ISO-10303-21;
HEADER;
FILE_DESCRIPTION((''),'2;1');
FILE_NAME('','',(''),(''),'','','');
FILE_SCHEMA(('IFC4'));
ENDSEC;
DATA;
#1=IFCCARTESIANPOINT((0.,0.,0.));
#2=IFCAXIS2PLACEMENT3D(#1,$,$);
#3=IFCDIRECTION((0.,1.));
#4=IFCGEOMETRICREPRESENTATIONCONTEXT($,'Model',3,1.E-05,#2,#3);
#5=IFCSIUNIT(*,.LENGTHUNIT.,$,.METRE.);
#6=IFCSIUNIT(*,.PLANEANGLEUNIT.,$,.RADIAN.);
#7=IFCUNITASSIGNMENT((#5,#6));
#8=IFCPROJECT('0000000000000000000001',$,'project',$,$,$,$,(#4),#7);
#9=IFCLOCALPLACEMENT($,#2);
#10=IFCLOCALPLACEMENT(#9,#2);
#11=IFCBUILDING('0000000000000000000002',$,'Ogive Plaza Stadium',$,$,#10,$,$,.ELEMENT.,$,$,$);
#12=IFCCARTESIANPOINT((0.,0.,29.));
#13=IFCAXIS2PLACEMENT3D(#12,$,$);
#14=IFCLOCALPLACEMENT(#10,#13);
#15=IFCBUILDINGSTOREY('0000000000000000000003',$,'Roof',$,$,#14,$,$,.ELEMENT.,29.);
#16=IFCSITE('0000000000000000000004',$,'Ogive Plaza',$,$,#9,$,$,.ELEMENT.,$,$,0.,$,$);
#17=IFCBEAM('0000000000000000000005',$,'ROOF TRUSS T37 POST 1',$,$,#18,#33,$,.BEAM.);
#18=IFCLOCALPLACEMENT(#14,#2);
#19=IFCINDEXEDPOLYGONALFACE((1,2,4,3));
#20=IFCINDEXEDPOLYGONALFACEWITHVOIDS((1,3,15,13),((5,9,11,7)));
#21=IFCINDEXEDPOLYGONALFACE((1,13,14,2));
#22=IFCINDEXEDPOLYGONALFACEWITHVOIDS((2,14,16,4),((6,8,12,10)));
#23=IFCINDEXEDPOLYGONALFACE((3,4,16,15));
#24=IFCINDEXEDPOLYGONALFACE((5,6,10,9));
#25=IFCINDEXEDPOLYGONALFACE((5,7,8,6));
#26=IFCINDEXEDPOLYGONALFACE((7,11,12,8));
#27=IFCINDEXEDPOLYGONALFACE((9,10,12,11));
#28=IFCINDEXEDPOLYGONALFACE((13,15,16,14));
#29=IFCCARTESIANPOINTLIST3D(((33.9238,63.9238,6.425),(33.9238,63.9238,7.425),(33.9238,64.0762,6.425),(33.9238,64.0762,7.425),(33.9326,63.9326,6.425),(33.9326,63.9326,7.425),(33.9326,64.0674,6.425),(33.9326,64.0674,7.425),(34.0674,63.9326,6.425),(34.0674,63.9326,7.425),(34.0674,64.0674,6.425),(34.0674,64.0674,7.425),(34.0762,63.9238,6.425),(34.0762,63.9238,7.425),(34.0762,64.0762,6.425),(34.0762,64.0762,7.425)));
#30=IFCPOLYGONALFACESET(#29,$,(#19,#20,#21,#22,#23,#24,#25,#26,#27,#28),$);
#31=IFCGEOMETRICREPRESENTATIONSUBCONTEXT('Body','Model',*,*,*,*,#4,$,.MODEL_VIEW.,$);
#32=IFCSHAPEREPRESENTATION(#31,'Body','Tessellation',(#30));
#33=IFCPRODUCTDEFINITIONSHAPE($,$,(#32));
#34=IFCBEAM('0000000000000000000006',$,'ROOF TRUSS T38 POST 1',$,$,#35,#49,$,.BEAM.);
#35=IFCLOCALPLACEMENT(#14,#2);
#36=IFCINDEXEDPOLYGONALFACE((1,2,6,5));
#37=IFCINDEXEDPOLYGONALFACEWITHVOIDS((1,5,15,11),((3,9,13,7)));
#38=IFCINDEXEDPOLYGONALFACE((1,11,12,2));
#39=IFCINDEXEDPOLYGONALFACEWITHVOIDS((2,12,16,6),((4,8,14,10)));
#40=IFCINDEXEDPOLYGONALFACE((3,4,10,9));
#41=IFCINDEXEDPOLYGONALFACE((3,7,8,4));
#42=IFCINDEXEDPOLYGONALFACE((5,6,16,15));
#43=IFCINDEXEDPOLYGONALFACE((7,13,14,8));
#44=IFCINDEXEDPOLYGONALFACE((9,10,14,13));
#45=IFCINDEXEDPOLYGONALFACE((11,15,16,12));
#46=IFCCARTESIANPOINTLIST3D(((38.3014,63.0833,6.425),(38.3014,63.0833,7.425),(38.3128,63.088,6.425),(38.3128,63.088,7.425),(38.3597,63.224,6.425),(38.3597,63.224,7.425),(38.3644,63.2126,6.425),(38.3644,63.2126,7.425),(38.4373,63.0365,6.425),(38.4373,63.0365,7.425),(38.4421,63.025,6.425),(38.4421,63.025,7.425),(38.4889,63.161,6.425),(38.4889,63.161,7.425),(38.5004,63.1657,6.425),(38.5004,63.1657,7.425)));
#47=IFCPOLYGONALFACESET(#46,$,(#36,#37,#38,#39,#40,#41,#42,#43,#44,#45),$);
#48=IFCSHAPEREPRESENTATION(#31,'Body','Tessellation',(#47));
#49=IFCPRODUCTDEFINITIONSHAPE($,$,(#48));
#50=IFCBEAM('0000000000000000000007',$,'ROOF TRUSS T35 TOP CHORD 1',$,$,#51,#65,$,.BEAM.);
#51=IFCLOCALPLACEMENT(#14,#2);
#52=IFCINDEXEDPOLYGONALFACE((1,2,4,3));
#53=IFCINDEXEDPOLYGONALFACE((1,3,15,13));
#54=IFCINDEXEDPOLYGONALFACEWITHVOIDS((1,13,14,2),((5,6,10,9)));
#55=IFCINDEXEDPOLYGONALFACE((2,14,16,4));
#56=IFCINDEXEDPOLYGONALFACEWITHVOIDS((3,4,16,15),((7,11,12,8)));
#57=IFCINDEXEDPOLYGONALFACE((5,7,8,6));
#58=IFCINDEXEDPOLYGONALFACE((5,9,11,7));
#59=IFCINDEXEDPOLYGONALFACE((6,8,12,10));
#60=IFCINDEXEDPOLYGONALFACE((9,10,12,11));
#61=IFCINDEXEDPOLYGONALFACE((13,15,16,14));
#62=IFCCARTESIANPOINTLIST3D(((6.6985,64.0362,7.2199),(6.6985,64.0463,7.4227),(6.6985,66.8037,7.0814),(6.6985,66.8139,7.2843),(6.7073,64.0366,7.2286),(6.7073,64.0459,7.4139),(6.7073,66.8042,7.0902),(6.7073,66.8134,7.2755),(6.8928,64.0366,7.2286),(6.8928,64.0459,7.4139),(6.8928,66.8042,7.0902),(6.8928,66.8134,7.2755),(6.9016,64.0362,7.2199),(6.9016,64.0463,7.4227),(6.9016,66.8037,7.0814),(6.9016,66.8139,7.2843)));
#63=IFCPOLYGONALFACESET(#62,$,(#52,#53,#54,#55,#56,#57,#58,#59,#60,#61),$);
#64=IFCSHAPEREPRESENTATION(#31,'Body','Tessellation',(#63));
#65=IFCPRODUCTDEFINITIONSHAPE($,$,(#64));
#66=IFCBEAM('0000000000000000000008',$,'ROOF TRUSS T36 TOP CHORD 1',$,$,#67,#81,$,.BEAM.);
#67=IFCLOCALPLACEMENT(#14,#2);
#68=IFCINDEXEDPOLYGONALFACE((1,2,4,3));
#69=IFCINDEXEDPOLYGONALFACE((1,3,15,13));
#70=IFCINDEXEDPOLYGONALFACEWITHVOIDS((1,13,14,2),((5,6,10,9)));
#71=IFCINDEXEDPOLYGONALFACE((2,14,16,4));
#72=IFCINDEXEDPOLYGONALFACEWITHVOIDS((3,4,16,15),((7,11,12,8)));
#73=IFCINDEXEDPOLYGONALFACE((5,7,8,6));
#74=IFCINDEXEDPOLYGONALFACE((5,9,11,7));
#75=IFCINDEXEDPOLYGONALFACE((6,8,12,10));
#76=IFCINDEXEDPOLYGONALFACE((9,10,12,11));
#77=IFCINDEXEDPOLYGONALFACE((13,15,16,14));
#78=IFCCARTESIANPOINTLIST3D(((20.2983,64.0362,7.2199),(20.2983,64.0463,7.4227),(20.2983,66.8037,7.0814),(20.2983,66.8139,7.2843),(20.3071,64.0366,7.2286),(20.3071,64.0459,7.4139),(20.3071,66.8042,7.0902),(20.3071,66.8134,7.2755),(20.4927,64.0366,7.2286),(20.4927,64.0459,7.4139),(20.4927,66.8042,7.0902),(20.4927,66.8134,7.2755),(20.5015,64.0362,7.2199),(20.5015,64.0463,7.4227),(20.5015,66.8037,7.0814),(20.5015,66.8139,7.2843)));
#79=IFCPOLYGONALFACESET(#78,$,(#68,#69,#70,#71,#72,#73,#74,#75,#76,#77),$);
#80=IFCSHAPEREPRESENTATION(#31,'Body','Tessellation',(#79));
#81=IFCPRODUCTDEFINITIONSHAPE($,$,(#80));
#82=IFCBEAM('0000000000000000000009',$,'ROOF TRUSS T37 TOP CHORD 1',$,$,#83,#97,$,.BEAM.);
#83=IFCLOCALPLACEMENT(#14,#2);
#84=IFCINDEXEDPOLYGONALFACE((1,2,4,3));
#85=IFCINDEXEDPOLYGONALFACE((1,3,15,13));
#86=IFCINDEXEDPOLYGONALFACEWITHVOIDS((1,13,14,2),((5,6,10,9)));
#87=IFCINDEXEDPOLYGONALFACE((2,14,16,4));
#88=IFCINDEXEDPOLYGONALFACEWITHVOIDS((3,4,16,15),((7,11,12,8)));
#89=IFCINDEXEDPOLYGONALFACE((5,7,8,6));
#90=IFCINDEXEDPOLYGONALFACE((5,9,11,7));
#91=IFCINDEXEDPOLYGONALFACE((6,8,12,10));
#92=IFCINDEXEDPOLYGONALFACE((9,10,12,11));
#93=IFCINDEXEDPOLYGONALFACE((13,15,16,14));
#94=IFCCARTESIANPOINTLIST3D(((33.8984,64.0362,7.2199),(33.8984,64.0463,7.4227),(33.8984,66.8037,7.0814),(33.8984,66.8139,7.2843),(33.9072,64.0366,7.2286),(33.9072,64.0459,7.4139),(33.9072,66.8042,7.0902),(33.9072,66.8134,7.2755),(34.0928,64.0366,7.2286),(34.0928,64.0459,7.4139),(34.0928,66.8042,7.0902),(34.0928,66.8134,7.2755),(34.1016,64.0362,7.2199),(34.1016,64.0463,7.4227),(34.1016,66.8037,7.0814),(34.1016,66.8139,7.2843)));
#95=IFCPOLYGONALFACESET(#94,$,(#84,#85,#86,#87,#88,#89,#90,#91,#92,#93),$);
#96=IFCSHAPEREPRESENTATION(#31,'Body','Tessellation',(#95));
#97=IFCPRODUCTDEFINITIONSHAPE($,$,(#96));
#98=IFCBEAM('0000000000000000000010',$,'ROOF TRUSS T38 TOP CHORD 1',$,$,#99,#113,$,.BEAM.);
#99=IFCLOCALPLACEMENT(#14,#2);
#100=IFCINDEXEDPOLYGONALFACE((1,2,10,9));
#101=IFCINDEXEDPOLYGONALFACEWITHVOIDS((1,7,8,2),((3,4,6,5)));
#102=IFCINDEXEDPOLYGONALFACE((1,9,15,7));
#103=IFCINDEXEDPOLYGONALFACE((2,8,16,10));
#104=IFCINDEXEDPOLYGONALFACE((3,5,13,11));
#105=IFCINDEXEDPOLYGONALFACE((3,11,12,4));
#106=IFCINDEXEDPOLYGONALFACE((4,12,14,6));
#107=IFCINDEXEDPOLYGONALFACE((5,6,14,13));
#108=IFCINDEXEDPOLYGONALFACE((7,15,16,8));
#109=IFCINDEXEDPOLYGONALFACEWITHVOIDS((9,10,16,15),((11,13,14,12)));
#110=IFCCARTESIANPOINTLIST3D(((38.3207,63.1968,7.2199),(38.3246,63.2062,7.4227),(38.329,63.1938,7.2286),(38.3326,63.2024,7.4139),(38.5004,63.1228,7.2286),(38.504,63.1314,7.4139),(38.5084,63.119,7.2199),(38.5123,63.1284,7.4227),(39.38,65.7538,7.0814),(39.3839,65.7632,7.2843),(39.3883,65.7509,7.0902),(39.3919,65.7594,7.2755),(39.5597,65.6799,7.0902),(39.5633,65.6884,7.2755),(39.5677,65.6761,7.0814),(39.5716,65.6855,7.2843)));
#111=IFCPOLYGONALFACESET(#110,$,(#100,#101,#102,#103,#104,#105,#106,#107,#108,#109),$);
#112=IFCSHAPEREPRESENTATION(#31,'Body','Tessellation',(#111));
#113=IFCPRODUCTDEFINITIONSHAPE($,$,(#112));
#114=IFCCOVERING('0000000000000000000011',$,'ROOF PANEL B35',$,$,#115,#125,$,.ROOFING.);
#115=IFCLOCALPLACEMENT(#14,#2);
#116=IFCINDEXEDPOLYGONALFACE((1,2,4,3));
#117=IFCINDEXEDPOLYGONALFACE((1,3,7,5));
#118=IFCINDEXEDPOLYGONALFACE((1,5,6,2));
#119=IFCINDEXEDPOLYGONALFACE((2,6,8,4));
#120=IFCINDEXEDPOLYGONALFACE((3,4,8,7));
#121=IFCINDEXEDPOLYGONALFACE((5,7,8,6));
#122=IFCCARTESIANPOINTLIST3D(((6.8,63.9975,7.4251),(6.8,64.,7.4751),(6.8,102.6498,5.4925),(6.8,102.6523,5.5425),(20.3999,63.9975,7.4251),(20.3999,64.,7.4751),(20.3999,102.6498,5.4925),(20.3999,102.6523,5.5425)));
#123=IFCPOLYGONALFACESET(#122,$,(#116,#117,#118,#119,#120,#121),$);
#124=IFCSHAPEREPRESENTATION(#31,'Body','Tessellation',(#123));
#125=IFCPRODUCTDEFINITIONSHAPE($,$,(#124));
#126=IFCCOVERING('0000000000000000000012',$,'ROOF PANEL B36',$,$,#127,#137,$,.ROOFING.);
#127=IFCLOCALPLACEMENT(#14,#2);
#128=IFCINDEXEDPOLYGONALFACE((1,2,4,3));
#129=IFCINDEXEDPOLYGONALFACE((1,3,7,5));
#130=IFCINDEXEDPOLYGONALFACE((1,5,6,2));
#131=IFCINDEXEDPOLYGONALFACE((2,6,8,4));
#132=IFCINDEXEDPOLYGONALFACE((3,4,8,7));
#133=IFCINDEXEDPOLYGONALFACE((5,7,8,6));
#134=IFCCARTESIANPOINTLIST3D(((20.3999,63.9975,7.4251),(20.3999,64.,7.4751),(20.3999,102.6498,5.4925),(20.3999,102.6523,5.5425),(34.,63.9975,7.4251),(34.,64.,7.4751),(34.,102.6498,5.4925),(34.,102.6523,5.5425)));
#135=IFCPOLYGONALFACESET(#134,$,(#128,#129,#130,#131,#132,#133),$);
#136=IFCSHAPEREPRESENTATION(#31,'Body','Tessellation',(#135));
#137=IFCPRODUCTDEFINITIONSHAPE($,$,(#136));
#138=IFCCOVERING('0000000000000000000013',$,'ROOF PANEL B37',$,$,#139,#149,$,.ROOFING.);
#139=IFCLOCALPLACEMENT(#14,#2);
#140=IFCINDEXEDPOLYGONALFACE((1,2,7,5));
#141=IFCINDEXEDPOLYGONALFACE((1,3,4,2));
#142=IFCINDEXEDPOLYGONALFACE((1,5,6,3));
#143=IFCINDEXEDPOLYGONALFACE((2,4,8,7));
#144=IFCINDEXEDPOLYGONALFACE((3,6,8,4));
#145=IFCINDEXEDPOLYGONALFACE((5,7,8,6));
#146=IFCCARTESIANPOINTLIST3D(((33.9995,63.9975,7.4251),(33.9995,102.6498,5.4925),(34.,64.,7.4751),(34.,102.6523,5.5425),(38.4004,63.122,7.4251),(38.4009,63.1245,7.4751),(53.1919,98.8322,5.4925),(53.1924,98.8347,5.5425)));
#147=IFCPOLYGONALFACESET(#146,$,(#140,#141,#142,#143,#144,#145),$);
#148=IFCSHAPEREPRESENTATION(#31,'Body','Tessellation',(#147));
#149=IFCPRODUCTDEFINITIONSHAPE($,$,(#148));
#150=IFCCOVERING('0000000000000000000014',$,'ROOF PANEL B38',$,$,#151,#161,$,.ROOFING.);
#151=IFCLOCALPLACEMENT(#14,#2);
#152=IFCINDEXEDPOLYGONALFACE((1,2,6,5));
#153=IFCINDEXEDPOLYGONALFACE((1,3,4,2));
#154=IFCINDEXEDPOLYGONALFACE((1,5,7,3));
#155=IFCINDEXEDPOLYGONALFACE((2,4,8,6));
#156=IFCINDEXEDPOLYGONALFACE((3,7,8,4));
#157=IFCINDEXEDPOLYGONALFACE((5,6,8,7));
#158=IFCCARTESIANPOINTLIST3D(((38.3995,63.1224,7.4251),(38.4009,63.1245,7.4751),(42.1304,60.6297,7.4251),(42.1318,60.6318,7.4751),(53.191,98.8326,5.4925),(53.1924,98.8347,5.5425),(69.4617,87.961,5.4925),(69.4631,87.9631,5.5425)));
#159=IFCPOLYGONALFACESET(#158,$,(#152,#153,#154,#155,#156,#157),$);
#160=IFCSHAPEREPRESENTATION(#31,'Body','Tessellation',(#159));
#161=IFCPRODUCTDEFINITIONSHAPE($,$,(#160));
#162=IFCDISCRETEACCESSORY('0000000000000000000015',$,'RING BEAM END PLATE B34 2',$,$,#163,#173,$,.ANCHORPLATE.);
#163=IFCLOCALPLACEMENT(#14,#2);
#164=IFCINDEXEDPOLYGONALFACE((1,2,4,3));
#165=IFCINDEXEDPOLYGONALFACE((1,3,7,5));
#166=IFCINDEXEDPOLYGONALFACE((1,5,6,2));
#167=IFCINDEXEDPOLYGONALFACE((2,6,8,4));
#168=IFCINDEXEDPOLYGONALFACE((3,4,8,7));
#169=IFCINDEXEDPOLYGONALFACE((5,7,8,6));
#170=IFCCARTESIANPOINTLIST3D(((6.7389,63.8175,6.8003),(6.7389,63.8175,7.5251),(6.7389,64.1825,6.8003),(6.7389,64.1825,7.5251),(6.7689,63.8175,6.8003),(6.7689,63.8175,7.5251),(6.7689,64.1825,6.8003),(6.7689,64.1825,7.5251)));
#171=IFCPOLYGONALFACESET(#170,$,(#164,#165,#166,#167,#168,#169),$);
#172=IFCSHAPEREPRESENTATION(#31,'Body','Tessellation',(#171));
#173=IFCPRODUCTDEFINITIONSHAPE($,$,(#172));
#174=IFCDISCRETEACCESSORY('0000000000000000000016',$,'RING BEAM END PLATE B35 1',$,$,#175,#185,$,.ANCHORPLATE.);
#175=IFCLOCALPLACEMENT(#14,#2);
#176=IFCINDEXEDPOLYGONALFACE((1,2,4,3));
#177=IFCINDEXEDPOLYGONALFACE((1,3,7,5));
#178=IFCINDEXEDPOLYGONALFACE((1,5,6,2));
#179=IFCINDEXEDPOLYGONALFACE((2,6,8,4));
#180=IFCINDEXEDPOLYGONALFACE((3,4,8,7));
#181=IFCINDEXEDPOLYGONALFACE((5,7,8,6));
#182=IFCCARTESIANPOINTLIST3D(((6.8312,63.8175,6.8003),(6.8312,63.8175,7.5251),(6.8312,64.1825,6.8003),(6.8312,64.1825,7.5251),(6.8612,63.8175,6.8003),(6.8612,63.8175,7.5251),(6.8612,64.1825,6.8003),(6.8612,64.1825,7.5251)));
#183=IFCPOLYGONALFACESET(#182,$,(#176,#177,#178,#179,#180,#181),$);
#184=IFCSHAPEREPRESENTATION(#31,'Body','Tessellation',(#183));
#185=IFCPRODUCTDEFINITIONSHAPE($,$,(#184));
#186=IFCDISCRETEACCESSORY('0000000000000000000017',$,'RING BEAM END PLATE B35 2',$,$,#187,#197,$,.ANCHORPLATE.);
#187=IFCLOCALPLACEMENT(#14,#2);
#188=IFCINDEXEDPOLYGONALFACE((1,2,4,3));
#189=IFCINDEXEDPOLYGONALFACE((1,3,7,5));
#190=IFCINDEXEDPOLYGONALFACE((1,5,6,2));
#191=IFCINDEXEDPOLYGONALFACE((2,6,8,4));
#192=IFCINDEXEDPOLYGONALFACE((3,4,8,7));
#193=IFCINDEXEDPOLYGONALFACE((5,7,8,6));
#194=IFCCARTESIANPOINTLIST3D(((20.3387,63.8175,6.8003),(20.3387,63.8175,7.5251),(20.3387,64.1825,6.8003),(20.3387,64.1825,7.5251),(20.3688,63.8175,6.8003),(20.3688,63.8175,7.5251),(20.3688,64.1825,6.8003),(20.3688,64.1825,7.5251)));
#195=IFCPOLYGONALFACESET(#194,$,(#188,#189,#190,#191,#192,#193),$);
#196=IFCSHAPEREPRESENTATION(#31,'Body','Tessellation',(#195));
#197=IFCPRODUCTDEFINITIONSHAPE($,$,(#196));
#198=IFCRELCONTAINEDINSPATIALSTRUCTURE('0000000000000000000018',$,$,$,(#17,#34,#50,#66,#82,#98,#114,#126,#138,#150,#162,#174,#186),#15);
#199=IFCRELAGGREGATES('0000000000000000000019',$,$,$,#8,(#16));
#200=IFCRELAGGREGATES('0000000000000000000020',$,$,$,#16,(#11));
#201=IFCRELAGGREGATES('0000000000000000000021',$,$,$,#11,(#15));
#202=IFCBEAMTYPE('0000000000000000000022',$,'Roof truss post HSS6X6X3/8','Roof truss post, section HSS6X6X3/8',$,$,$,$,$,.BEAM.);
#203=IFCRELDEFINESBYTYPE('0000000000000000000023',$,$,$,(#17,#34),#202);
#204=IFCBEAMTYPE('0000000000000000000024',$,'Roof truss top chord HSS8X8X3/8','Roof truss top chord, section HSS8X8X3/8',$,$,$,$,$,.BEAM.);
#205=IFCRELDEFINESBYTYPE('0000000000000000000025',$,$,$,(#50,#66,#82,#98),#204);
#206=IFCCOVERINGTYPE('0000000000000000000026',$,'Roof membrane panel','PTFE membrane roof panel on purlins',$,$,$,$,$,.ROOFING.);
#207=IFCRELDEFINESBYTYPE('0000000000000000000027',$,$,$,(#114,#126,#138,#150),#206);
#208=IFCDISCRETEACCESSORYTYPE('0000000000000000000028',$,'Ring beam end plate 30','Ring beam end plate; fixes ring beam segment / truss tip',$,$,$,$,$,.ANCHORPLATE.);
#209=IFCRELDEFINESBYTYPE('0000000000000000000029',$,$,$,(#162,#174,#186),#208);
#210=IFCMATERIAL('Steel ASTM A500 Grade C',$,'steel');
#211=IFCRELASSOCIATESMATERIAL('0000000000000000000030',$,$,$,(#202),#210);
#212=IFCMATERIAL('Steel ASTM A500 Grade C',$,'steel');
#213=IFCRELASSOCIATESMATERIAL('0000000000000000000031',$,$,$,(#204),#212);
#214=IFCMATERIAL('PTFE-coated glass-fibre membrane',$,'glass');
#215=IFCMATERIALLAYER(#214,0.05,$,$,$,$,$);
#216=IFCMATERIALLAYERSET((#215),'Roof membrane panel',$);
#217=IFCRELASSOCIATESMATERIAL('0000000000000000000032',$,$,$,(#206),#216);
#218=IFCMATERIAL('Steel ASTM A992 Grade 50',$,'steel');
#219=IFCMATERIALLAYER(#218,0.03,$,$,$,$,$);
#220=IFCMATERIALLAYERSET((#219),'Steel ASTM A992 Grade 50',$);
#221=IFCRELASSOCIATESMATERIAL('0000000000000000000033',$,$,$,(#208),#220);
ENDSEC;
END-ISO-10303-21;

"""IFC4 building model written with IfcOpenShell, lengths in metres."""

from ifc_helpers import new_model, si_unit, direction, frame, origin, origin_2d, place, context, subcontext, project, spatial, polyline, rectangle, hollow_rectangle, outline, extrude, material, layer, layer_set, material_profile, profile_set, type_object, element, save


model = new_model("IFC4")

# Units and contexts
model_context = context("Model", 3, precision=1e-05, world=origin(), true_north=direction((0.0, 1.0)))
body_context = subcontext(model_context, "Body", "Model", "MODEL_VIEW")
ifc_project = project(units=[si_unit("LENGTHUNIT", "METRE"), si_unit("PLANEANGLEUNIT", "RADIAN")], contexts=[model_context])

# Site, building, storey
site_placement = place(None, origin())
site = spatial("IfcSite", under=ifc_project, at=site_placement, Name="Ogive Plaza", CompositionType="ELEMENT", RefElevation=0.0)
building_placement = place(site_placement, origin())
building = spatial("IfcBuilding", under=site, at=building_placement, Name="Ogive Plaza Stadium", CompositionType="ELEMENT")
storey_placement = place(building_placement, frame((0.0, 0.0, 29.0)))
storey = spatial("IfcBuildingStorey", under=building, at=storey_placement, Name="Roof", CompositionType="ELEMENT", Elevation=29.0)

# Beams
ifc_material_1 = material(Name="Steel ASTM A500 Grade C", Category="steel")
ifc_material_profile_1 = material_profile(ifc_material_1, hollow_rectangle(XDim=0.1523, YDim=0.1523, WallThickness=0.0088, at=origin_2d()), Name="HSS6X6X3/8")
ifc_profile_set_1 = profile_set([ifc_material_profile_1], Name="Steel ASTM A500 Grade C")
beam_type_1 = type_object("IfcBeamType", Name="Roof truss post HSS6X6X3/8", Description="Roof truss post, section HSS6X6X3/8", PredefinedType="BEAM", material=ifc_profile_set_1)
for number, where, z_axis, x_axis, name in (
    (1, (34.0, 64.0, 6.425), (0.0, 0.0, 1.0), (-1.0, 0.0, 0.0), "ROOF TRUSS T37 POST 1"),
    (2, (38.4009, 63.1245, 6.425), (0.0, 0.0, 1.0), (-0.92388, 0.382683, 0.0), "ROOF TRUSS T38 POST 1"),
):
    element("IfcBeam", number, at=place(storey_placement, frame(where, z_axis=z_axis, x_axis=x_axis)), inside=storey, type_object=beam_type_1, Name=name, PredefinedType="BEAM", context=body_context, shape_type="SweptSolid", body=[
        extrude(hollow_rectangle(XDim=0.1523, YDim=0.1523, WallThickness=0.0088, at=origin_2d()), origin(), (0.0, 0.0, 1.0), 1.0),
    ])
ifc_material_2 = material(Name="Steel ASTM A500 Grade C", Category="steel")
ifc_material_profile_2 = material_profile(ifc_material_2, hollow_rectangle(XDim=0.2031, YDim=0.2031, WallThickness=0.0088, at=origin_2d()), Name="HSS8X8X3/8")
ifc_profile_set_2 = profile_set([ifc_material_profile_2], Name="Steel ASTM A500 Grade C")
beam_type_2 = type_object("IfcBeamType", Name="Roof truss top chord HSS8X8X3/8", Description="Roof truss top chord, section HSS8X8X3/8", PredefinedType="BEAM", material=ifc_profile_set_2)
for number, where, z_axis, x_axis, name in (
    (3, (6.8, 64.0413, 7.3213), (0.0, 0.998751, -0.049955), (-1.0, 0.0, 0.0), "ROOF TRUSS T35 TOP CHORD 1"),
    (4, (20.3999, 64.0413, 7.3213), (0.0, 0.998751, -0.049955), (-1.0, 0.0, 0.0), "ROOF TRUSS T36 TOP CHORD 1"),
    (5, (34.0, 64.0413, 7.3213), (0.0, 0.998751, -0.049955), (-1.0, 0.0, 0.0), "ROOF TRUSS T37 TOP CHORD 1"),
):
    element("IfcBeam", number, at=place(storey_placement, frame(where, z_axis=z_axis, x_axis=x_axis)), inside=storey, type_object=beam_type_2, Name=name, PredefinedType="BEAM", context=body_context, shape_type="SweptSolid", body=[
        extrude(hollow_rectangle(XDim=0.2031, YDim=0.2031, WallThickness=0.0088, at=origin_2d()), origin(), (0.0, 0.0, 1.0), 2.771),
    ])
beam_1_placement = place(storey_placement, frame((38.4165, 63.1626, 7.3213), z_axis=(0.382245, 0.92271, -0.04995), x_axis=(-0.923863, 0.382723, 0.0)))
element("IfcBeam", 6, at=beam_1_placement, inside=storey, type_object=beam_type_2, Name="ROOF TRUSS T38 TOP CHORD 1", PredefinedType="BEAM", context=body_context, shape_type="SweptSolid", body=[
    extrude(hollow_rectangle(XDim=0.2031, YDim=0.2031, WallThickness=0.0088, at=origin_2d()), origin(), (0.0, 0.0, 1.0), 2.7712),
])

# Coverings
ifc_material_3 = material(Name="PTFE-coated glass-fibre membrane", Category="glass")
ifc_layer_1 = layer(ifc_material_3, 0.05)
ifc_layer_set_1 = layer_set([ifc_layer_1], Name="Roof membrane panel")
covering_type = type_object("IfcCoveringType", Name="Roof membrane panel", Description="PTFE membrane roof panel on purlins", PredefinedType="ROOFING", material=ifc_layer_set_1)
covering_1_placement = place(storey_placement, frame((6.8, 64.0, 7.4751), z_axis=(0.0, 0.049938, 0.998752), x_axis=(0.0, 0.998752, -0.049938)))
element("IfcCovering", 7, at=covering_1_placement, inside=storey, type_object=covering_type, Name="ROOF PANEL B35", PredefinedType="ROOFING", context=body_context, shape_type="SweptSolid", body=[
    extrude(outline(polyline([(0.0, 0.0), (38.7006, 0.0), (38.7006, -13.5999), (0.0, -13.5999), (0.0, 0.0)])), origin(), (0.0, 0.0, -1.0), 0.05),
])
covering_2_placement = place(storey_placement, frame((20.3999, 64.0, 7.4751), z_axis=(0.0, 0.049938, 0.998752), x_axis=(0.0, 0.998752, -0.049938)))
element("IfcCovering", 8, at=covering_2_placement, inside=storey, type_object=covering_type, Name="ROOF PANEL B36", PredefinedType="ROOFING", context=body_context, shape_type="SweptSolid", body=[
    extrude(outline(polyline([(0.0, 0.0), (38.7006, 0.0), (38.7006, -13.6001), (0.0, -13.6001), (0.0, 0.0)])), origin(), (0.0, 0.0, -1.0), 0.05),
])
covering_3_placement = place(storey_placement, frame((34.0, 64.0, 7.4751), z_axis=(0.009933, 0.049935, 0.998703), x_axis=(0.0, 0.998752, -0.049938)))
element("IfcCovering", 9, at=covering_3_placement, inside=storey, type_object=covering_type, Name="ROOF PANEL B37", PredefinedType="ROOFING", context=body_context, shape_type="SweptSolid", body=[
    extrude(outline(polyline([(0.0, 0.0), (38.7006, 0.0), (34.8878, -19.1933), (-0.8744, -4.4011), (0.0, 0.0)])), origin(), (0.0, 0.0, -1.0), 0.05),
])
covering_4_placement = place(storey_placement, frame((38.4009, 63.1245, 7.4751), z_axis=(0.028285, 0.042333, 0.998703), x_axis=(0.382203, 0.922728, -0.049938)))
element("IfcCovering", 10, at=covering_4_placement, inside=storey, type_object=covering_type, Name="ROOF PANEL B38", PredefinedType="ROOFING", context=body_context, shape_type="SweptSolid", body=[
    extrude(outline(polyline([(0.0, 0.0), (38.7007, 0.0), (34.8879, -19.1935), (-0.8741, -4.4011), (0.0, 0.0)])), origin(), (0.0, 0.0, -1.0), 0.05),
])

# Discrete accessories
ifc_material_4 = material(Name="Steel ASTM A992 Grade 50", Category="steel")
ifc_layer_2 = layer(ifc_material_4, 0.03)
ifc_layer_set_2 = layer_set([ifc_layer_2], Name="Steel ASTM A992 Grade 50")
discrete_accessory_type = type_object("IfcDiscreteAccessoryType", Name="Ring beam end plate 30", Description="Ring beam end plate; fixes ring beam segment / truss tip", PredefinedType="ANCHORPLATE", material=ifc_layer_set_2)
for number, where, z_axis, x_axis, name in (
    (11, (6.7539, 64.0, 6.8003), (0.0, 0.0, 1.0), (1.0, 0.0, 0.0), "RING BEAM END PLATE B34 2"),
    (12, (6.8462, 64.0, 6.8003), (0.0, 0.0, 1.0), (1.0, 0.0, 0.0), "RING BEAM END PLATE B35 1"),
    (13, (20.3538, 64.0, 6.8003), (0.0, 0.0, 1.0), (1.0, 0.0, 0.0), "RING BEAM END PLATE B35 2"),
):
    element("IfcDiscreteAccessory", number, at=place(storey_placement, frame(where, z_axis=z_axis, x_axis=x_axis)), inside=storey, type_object=discrete_accessory_type, Name=name, PredefinedType="ANCHORPLATE", context=body_context, shape_type="SweptSolid", body=[
        extrude(rectangle(XDim=0.03, YDim=0.365, at=origin_2d()), origin(), (0.0, 0.0, 1.0), 0.7249),
    ])

save(model, "model.ifc")
